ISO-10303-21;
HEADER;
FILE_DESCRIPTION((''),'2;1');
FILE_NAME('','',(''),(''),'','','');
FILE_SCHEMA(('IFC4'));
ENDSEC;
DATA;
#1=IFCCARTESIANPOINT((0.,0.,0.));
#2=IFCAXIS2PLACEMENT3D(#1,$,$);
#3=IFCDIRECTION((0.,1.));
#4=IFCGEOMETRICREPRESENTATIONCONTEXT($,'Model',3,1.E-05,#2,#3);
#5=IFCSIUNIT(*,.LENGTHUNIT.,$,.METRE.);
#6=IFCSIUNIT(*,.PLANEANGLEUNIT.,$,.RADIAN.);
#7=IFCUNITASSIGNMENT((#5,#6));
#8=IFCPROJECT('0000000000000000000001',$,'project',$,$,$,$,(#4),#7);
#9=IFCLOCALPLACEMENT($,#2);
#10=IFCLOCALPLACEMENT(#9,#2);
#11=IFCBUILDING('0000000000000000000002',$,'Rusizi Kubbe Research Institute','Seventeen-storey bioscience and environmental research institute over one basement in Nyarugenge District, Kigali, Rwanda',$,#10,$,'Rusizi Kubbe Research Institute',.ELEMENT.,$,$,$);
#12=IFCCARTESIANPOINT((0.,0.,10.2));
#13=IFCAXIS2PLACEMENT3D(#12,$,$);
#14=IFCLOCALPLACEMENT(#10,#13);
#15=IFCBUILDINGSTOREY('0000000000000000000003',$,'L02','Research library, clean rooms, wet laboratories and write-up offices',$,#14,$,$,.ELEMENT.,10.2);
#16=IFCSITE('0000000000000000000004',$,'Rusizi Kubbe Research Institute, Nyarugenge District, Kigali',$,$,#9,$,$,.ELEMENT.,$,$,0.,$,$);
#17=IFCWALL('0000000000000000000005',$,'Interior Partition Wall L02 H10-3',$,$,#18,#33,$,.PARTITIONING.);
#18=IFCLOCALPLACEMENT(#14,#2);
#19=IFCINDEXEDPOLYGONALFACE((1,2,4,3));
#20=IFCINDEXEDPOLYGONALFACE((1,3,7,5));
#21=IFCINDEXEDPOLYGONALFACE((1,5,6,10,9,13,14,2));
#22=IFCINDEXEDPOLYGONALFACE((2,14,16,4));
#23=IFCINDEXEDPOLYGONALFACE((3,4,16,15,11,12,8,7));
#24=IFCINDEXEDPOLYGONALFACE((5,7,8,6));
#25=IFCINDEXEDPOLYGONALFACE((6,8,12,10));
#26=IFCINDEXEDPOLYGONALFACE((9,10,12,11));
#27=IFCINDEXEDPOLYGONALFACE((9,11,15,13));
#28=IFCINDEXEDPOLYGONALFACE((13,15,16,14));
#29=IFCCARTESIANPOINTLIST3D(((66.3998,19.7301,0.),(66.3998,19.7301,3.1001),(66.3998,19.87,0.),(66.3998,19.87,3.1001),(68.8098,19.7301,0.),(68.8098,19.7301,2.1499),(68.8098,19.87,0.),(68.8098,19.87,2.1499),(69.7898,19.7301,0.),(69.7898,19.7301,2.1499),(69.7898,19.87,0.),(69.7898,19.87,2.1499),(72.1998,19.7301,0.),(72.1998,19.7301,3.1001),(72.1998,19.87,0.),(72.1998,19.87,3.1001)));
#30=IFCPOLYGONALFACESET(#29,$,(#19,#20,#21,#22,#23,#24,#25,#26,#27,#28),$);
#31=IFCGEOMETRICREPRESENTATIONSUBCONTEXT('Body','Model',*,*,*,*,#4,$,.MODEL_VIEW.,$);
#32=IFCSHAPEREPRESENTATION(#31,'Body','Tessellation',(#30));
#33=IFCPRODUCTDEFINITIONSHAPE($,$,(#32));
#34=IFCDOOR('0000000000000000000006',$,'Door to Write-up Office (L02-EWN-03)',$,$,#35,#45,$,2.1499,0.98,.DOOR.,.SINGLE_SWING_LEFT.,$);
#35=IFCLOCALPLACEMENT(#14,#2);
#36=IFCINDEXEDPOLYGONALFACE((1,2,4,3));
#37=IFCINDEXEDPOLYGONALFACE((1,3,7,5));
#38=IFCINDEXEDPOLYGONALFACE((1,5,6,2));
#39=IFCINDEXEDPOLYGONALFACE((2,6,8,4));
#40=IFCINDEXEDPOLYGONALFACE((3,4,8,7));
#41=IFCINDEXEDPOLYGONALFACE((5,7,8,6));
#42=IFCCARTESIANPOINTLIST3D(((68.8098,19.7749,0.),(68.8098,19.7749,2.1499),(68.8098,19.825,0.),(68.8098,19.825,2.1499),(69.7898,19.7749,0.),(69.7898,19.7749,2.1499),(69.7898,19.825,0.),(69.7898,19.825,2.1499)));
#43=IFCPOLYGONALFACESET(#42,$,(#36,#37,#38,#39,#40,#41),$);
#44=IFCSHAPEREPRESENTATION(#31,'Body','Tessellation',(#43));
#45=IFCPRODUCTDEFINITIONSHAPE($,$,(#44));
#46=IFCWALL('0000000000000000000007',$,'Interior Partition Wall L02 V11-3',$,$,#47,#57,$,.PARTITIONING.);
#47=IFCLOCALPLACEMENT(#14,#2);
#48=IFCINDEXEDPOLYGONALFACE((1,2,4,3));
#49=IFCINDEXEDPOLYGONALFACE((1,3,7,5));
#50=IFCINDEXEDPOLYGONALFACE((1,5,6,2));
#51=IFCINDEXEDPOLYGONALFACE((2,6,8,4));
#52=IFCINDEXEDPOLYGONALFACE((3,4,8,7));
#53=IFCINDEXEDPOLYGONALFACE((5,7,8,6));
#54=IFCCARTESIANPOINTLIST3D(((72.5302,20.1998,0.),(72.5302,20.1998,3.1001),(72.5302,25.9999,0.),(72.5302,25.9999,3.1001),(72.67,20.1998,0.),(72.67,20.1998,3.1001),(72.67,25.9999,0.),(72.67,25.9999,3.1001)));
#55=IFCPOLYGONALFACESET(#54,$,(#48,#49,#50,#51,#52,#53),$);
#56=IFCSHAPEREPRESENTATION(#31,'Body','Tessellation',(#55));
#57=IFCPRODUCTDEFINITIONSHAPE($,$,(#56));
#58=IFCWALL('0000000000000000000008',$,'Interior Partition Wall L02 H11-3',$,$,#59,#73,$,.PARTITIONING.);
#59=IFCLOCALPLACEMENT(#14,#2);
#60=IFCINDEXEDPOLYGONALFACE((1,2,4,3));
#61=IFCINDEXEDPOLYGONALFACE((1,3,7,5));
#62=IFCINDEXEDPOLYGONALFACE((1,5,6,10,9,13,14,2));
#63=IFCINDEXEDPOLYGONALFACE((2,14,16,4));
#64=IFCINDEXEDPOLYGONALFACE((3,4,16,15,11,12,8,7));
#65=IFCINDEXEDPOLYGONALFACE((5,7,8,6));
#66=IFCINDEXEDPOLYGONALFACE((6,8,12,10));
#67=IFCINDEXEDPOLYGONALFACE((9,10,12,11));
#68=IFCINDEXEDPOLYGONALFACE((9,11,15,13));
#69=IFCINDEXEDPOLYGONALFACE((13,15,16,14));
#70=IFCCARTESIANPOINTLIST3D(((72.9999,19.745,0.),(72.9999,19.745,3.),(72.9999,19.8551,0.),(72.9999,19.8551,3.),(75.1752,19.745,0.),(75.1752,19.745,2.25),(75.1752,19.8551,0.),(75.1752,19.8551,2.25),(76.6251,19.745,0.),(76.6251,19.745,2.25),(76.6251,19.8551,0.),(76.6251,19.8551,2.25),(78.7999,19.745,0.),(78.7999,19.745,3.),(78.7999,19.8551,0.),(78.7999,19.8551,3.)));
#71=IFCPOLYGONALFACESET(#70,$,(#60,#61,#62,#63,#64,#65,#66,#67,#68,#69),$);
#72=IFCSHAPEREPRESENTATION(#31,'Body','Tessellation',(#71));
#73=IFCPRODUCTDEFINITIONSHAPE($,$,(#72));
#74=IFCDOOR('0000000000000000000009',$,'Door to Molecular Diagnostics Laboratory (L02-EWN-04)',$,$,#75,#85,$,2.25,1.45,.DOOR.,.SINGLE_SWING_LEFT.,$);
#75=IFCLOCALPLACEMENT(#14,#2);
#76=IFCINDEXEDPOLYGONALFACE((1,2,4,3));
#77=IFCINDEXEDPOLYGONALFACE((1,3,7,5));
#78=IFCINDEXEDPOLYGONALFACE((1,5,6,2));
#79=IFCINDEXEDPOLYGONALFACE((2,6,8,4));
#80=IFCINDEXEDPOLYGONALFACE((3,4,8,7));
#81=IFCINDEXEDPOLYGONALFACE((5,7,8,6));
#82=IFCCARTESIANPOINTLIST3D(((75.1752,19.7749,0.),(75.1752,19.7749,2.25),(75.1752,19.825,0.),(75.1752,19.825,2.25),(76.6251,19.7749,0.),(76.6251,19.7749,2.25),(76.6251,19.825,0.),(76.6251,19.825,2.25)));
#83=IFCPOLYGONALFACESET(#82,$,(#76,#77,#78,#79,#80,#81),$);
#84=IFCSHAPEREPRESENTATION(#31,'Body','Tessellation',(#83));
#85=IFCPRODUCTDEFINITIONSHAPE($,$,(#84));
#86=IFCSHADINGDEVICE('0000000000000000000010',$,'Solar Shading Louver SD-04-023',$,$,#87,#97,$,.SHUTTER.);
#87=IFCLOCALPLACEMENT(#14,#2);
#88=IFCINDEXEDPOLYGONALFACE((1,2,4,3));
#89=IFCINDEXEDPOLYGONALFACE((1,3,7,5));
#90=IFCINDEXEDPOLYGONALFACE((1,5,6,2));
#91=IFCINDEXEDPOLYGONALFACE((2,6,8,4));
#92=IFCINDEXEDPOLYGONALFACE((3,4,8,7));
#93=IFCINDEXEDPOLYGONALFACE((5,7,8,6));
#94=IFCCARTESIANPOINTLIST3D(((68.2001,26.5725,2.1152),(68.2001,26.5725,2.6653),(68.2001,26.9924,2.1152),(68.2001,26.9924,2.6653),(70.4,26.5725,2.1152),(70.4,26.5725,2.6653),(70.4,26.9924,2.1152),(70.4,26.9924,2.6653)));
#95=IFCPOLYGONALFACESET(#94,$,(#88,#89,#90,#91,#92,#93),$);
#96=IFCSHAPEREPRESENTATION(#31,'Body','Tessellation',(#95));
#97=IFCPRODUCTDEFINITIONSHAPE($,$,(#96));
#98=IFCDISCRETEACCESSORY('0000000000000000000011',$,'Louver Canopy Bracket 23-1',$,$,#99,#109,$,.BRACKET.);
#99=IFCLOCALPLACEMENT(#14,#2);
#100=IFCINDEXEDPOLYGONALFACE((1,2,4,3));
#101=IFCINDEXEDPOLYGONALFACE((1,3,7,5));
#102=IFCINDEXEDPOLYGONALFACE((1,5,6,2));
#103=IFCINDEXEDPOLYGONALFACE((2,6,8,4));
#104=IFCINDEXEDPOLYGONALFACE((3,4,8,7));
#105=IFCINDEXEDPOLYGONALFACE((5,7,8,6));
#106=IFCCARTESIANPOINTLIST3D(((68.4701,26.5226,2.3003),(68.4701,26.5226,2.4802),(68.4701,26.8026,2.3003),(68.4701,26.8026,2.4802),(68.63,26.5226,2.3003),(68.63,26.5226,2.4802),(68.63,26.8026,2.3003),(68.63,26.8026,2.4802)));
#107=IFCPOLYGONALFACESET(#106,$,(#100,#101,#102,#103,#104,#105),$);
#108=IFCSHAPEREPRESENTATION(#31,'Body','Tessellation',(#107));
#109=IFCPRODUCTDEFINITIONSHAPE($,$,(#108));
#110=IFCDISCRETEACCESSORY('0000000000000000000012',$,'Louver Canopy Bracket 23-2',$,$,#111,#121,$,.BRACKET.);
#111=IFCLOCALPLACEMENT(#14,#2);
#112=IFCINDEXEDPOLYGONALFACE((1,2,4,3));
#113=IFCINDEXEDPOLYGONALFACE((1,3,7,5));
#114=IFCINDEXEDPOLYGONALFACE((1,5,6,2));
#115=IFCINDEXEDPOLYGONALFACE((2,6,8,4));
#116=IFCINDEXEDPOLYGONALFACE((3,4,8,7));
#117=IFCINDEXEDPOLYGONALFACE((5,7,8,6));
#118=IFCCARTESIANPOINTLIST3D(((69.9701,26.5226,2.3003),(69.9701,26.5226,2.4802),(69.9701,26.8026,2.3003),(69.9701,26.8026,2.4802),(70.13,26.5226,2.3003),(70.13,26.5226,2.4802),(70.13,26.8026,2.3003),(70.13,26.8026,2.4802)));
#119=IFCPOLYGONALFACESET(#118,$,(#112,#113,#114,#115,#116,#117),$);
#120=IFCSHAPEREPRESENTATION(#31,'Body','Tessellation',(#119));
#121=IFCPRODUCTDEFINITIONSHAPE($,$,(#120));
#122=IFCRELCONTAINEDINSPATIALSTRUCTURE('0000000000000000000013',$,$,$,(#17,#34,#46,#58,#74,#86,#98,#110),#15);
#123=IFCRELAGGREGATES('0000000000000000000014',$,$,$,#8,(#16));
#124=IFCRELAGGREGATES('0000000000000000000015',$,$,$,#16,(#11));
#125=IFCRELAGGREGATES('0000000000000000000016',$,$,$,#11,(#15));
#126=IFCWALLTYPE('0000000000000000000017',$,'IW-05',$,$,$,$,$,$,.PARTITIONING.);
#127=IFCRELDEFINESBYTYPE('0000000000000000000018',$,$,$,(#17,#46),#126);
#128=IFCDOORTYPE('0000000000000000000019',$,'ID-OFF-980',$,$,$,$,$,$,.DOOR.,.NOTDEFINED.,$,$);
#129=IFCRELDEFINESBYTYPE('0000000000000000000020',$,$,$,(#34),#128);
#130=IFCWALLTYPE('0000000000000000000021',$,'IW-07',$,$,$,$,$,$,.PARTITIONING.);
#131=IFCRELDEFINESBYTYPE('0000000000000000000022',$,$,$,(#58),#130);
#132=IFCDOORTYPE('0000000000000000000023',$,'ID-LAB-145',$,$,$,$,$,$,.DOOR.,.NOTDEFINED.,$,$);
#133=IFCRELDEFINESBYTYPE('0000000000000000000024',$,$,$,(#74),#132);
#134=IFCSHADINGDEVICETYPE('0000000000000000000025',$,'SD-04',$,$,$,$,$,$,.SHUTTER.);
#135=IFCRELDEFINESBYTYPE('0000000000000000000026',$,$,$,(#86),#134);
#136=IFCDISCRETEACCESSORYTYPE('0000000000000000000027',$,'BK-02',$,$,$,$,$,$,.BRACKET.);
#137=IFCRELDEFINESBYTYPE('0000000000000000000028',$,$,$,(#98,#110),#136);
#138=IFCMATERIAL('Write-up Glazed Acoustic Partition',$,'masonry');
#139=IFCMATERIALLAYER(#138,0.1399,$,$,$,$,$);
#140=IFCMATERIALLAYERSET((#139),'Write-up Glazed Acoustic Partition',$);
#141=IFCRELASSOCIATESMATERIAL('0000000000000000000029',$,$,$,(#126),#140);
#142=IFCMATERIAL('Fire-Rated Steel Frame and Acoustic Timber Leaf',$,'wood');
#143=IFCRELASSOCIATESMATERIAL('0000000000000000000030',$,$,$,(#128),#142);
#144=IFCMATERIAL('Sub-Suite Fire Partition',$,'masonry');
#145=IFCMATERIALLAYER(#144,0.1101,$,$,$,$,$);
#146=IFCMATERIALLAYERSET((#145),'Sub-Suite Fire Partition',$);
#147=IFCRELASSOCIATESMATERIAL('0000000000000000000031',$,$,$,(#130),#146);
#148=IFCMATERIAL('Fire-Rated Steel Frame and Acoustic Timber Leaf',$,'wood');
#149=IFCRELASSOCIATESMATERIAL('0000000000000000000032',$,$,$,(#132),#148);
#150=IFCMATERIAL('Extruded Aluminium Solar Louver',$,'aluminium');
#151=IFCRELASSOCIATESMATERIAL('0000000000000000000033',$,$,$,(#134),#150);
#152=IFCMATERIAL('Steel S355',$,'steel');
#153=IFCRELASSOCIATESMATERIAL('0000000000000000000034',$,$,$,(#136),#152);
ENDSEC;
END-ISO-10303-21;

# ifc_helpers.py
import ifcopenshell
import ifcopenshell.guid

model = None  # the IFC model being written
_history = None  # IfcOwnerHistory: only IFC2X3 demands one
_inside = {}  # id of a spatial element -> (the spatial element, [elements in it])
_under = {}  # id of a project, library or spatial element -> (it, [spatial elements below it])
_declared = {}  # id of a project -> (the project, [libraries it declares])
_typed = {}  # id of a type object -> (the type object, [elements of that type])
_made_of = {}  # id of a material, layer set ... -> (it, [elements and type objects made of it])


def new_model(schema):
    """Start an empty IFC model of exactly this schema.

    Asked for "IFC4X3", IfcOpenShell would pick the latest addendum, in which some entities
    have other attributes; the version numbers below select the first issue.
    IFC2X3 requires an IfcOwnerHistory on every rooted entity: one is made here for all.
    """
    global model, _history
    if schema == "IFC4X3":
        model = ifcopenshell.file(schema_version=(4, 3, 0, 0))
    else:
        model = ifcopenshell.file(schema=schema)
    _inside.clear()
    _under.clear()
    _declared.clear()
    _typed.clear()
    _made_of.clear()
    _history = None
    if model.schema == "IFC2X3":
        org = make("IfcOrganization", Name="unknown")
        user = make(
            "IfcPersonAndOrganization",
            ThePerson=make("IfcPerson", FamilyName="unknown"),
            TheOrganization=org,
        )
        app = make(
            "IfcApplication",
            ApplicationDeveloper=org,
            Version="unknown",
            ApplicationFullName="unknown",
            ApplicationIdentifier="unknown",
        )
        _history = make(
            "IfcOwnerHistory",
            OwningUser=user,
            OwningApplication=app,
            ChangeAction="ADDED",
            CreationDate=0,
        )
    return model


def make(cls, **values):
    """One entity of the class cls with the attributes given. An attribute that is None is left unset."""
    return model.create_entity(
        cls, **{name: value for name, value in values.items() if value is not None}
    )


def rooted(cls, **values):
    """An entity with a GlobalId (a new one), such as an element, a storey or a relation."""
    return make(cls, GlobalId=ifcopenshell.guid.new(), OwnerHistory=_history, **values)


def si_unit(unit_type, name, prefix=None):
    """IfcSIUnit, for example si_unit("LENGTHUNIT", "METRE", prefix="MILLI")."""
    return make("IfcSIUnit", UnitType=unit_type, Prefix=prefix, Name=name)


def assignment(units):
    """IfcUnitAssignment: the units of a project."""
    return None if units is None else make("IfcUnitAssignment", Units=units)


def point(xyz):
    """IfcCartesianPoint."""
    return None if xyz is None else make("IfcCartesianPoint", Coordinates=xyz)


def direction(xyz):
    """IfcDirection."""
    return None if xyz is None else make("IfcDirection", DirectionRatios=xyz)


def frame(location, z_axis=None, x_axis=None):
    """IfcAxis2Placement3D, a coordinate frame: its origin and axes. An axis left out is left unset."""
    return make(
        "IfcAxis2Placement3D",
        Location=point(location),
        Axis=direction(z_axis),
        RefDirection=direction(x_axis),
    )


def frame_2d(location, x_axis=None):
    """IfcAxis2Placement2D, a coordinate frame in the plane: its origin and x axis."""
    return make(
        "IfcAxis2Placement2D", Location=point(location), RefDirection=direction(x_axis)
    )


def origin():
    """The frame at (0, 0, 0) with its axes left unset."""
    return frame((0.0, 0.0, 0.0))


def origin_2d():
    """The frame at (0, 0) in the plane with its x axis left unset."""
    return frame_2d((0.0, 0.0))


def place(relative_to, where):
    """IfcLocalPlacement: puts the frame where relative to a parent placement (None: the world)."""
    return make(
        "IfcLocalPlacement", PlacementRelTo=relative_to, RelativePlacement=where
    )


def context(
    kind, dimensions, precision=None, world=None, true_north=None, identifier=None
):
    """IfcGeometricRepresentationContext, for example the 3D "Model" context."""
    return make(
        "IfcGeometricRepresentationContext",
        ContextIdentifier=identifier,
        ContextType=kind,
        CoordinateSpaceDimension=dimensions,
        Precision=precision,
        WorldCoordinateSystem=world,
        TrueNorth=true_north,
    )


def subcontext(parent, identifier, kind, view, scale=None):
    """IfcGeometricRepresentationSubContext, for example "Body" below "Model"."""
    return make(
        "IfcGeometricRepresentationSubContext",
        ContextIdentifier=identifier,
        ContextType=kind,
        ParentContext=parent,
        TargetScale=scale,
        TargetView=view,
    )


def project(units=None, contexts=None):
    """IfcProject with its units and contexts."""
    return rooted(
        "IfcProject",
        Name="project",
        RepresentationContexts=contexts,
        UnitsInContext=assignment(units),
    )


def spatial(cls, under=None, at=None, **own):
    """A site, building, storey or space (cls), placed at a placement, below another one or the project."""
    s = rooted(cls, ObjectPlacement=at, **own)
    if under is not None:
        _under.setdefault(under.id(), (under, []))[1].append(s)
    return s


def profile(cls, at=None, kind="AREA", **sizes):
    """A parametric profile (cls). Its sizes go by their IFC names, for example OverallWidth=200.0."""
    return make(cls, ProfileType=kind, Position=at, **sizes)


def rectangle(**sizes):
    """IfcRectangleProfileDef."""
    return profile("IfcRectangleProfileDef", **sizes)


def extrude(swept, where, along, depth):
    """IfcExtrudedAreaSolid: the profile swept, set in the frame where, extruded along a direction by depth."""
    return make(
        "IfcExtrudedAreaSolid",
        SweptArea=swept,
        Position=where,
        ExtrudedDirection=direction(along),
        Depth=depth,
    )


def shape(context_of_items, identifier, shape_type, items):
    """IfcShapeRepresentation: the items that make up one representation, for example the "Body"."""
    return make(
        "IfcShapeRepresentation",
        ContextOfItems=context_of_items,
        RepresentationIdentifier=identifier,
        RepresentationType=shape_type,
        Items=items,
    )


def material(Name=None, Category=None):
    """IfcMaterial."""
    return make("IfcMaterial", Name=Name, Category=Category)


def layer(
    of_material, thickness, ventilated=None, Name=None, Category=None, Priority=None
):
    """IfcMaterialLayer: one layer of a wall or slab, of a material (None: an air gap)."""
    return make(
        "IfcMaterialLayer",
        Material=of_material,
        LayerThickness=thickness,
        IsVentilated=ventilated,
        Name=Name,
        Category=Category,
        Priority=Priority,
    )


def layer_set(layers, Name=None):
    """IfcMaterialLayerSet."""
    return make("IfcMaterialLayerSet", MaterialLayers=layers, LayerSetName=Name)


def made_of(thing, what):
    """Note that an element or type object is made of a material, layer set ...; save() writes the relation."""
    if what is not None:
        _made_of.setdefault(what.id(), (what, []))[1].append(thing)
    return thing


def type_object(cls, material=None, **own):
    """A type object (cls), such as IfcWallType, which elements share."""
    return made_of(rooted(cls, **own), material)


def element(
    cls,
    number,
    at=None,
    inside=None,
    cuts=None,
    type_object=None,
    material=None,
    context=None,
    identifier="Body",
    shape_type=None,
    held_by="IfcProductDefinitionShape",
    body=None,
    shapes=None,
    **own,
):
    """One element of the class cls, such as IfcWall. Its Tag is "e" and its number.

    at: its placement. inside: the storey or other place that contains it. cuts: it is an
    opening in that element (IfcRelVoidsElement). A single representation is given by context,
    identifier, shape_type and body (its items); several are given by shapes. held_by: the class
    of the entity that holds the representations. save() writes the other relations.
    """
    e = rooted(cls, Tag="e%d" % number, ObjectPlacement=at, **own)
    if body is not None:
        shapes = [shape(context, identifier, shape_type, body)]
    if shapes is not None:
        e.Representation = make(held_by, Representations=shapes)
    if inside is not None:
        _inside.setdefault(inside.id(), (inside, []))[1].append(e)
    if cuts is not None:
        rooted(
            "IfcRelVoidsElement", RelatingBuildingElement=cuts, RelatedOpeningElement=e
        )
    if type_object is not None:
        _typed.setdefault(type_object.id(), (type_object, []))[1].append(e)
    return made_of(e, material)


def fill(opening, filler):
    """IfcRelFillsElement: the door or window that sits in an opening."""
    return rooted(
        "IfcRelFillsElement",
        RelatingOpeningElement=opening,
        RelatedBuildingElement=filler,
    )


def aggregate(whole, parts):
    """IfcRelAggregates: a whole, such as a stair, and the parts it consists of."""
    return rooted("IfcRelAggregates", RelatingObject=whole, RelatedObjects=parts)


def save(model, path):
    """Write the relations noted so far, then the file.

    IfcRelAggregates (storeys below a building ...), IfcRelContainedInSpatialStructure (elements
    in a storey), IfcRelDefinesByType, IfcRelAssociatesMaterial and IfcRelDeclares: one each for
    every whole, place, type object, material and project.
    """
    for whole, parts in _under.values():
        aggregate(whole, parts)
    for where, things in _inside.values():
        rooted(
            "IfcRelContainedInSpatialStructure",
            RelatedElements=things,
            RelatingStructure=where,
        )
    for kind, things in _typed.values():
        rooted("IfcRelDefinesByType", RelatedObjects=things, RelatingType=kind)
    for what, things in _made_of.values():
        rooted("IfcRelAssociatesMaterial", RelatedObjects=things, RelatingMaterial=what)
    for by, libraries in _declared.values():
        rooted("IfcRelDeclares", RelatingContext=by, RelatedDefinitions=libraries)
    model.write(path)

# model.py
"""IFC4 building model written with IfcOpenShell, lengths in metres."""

from ifc_helpers import new_model, si_unit, direction, frame, frame_2d, origin, origin_2d, place, context, subcontext, project, spatial, rectangle, extrude, material, layer, layer_set, type_object, element, fill, save


model = new_model("IFC4")

# Units and contexts
model_context = context("Model", 3, precision=1e-05, world=origin(), true_north=direction((0.0, 1.0)))
body_context = subcontext(model_context, "Body", "Model", "MODEL_VIEW")
ifc_project = project(units=[si_unit("LENGTHUNIT", "METRE"), si_unit("PLANEANGLEUNIT", "RADIAN")], contexts=[model_context])

# Site, building, storey
site_placement = place(None, origin())
site = spatial("IfcSite", under=ifc_project, at=site_placement, Name="Rusizi Kubbe Research Institute, Nyarugenge District, Kigali", CompositionType="ELEMENT", RefElevation=0.0)
building_placement = place(site_placement, origin())
building = spatial("IfcBuilding", under=site, at=building_placement, Name="Rusizi Kubbe Research Institute", Description="Seventeen-storey bioscience and environmental research institute over one basement in Nyarugenge District, Kigali, Rwanda", LongName="Rusizi Kubbe Research Institute", CompositionType="ELEMENT")
storey_placement = place(building_placement, frame((0.0, 0.0, 10.2)))
storey = spatial("IfcBuildingStorey", under=building, at=storey_placement, Name="L02", Description="Research library, clean rooms, wet laboratories and write-up offices", CompositionType="ELEMENT", Elevation=10.2)

# Wall, opening, door
ifc_material_1 = material(Name="Write-up Glazed Acoustic Partition", Category="masonry")
ifc_layer_1 = layer(ifc_material_1, 0.1399)
ifc_layer_set_1 = layer_set([ifc_layer_1], Name="Write-up Glazed Acoustic Partition")
wall_type_1 = type_object("IfcWallType", Name="IW-05", PredefinedType="PARTITIONING", material=ifc_layer_set_1)
wall_1_placement = place(storey_placement, frame((66.3999, 19.8, 0.0), z_axis=(0.0, 0.0, 1.0), x_axis=(1.0, 0.0, 0.0)))
wall_1 = element("IfcWall", 1, at=wall_1_placement, inside=storey, type_object=wall_type_1, Name="Interior Partition Wall L02 H10-3", PredefinedType="PARTITIONING", context=body_context, shape_type="SweptSolid", body=[
    extrude(rectangle(XDim=5.8, YDim=0.1399, at=frame_2d((2.8999, 0.0))), origin(), (0.0, 0.0, 1.0), 3.1001),
])
opening_1_placement = place(wall_1_placement, frame((2.4099, 0.0, 0.0)))
opening_1 = element("IfcOpeningElement", 2, at=opening_1_placement, cuts=wall_1, PredefinedType="OPENING", context=body_context, shape_type="SweptSolid", body=[
    extrude(rectangle(XDim=0.98, YDim=2.1499, at=frame_2d((0.49, 1.075))), frame((0.0, 0.0798, 0.0), z_axis=(0.0, -1.0, 0.0), x_axis=(1.0, 0.0, 0.0)), (0.0, 0.0, 1.0), 0.1599),
])
ifc_material_2 = material(Name="Fire-Rated Steel Frame and Acoustic Timber Leaf", Category="wood")
door_type_1 = type_object("IfcDoorType", Name="ID-OFF-980", OperationType="NOTDEFINED", PredefinedType="DOOR", material=ifc_material_2)
door_1_placement = place(opening_1_placement, origin())
door_1 = element("IfcDoor", 3, at=door_1_placement, inside=storey, type_object=door_type_1, Name="Door to Write-up Office (L02-EWN-03)", OperationType="SINGLE_SWING_LEFT", OverallHeight=2.1499, OverallWidth=0.98, PredefinedType="DOOR", context=body_context, shape_type="SweptSolid", body=[
    extrude(rectangle(XDim=0.98, YDim=2.1499, at=frame_2d((0.49, 1.075))), frame((0.0, 0.0249, 0.0), z_axis=(0.0, -1.0, 0.0), x_axis=(1.0, 0.0, 0.0)), (0.0, 0.0, 1.0), 0.05),
])
fill(opening_1, door_1)

# Wall
wall_2_placement = place(storey_placement, frame((72.6001, 20.2, 0.0), z_axis=(0.0, 0.0, 1.0), x_axis=(0.0, 1.0, 0.0)))
element("IfcWall", 4, at=wall_2_placement, inside=storey, type_object=wall_type_1, Name="Interior Partition Wall L02 V11-3", PredefinedType="PARTITIONING", context=body_context, shape_type="SweptSolid", body=[
    extrude(rectangle(XDim=5.8, YDim=0.1399, at=frame_2d((2.8999, 0.0))), origin(), (0.0, 0.0, 1.0), 3.1001),
])

# Wall, opening, door
ifc_material_3 = material(Name="Sub-Suite Fire Partition", Category="masonry")
ifc_layer_2 = layer(ifc_material_3, 0.1101)
ifc_layer_set_2 = layer_set([ifc_layer_2], Name="Sub-Suite Fire Partition")
wall_type_2 = type_object("IfcWallType", Name="IW-07", PredefinedType="PARTITIONING", material=ifc_layer_set_2)
wall_3_placement = place(storey_placement, frame((73.0, 19.8, 0.0), z_axis=(0.0, 0.0, 1.0), x_axis=(1.0, 0.0, 0.0)))
wall_3 = element("IfcWall", 5, at=wall_3_placement, inside=storey, type_object=wall_type_2, Name="Interior Partition Wall L02 H11-3", PredefinedType="PARTITIONING", context=body_context, shape_type="SweptSolid", body=[
    extrude(rectangle(XDim=5.8, YDim=0.1101, at=frame_2d((2.8999, 0.0))), origin(), (0.0, 0.0, 1.0), 3.0),
])
opening_2_placement = place(wall_3_placement, frame((2.175, 0.0, 0.0)))
opening_2 = element("IfcOpeningElement", 6, at=opening_2_placement, cuts=wall_3, PredefinedType="OPENING", context=body_context, shape_type="SweptSolid", body=[
    extrude(rectangle(XDim=1.45, YDim=2.25, at=frame_2d((0.7251, 1.125))), frame((0.0, 0.0649, 0.0), z_axis=(0.0, -1.0, 0.0), x_axis=(1.0, 0.0, 0.0)), (0.0, 0.0, 1.0), 0.1301),
])
ifc_material_4 = material(Name="Fire-Rated Steel Frame and Acoustic Timber Leaf", Category="wood")
door_type_2 = type_object("IfcDoorType", Name="ID-LAB-145", OperationType="NOTDEFINED", PredefinedType="DOOR", material=ifc_material_4)
door_2_placement = place(opening_2_placement, origin())
door_2 = element("IfcDoor", 7, at=door_2_placement, inside=storey, type_object=door_type_2, Name="Door to Molecular Diagnostics Laboratory (L02-EWN-04)", OperationType="SINGLE_SWING_LEFT", OverallHeight=2.25, OverallWidth=1.45, PredefinedType="DOOR", context=body_context, shape_type="SweptSolid", body=[
    extrude(rectangle(XDim=1.45, YDim=2.25, at=frame_2d((0.7251, 1.125))), frame((0.0, 0.0249, 0.0), z_axis=(0.0, -1.0, 0.0), x_axis=(1.0, 0.0, 0.0)), (0.0, 0.0, 1.0), 0.05),
])
fill(opening_2, door_2)

# Shading device
ifc_material_5 = material(Name="Extruded Aluminium Solar Louver", Category="aluminium")
shading_device_type = type_object("IfcShadingDeviceType", Name="SD-04", PredefinedType="SHUTTER", material=ifc_material_5)
shading_device_placement = place(storey_placement, frame((69.3, 26.7825, 2.1152), z_axis=(0.0, 0.0, 1.0), x_axis=(1.0, 0.0, 0.0)))
element("IfcShadingDevice", 8, at=shading_device_placement, inside=storey, type_object=shading_device_type, Name="Solar Shading Louver SD-04-023", PredefinedType="SHUTTER", context=body_context, shape_type="SweptSolid", body=[
    extrude(rectangle(XDim=2.2, YDim=0.4199, at=origin_2d()), origin(), (0.0, 0.0, 1.0), 0.55),
])

# Discrete accessories
ifc_material_6 = material(Name="Steel S355", Category="steel")
discrete_accessory_type = type_object("IfcDiscreteAccessoryType", Name="BK-02", PredefinedType="BRACKET", material=ifc_material_6)
for number, where, z_axis, x_axis, name in (
    (9, (68.55, 26.6626, 2.3003), (0.0, 0.0, 1.0), (1.0, 0.0, 0.0), "Louver Canopy Bracket 23-1"),
    (10, (70.05, 26.6626, 2.3003), (0.0, 0.0, 1.0), (1.0, 0.0, 0.0), "Louver Canopy Bracket 23-2"),
):
    element("IfcDiscreteAccessory", number, at=place(storey_placement, frame(where, z_axis=z_axis, x_axis=x_axis)), inside=storey, type_object=discrete_accessory_type, Name=name, PredefinedType="BRACKET", context=body_context, shape_type="SweptSolid", body=[
        extrude(rectangle(XDim=0.1599, YDim=0.28, at=origin_2d()), origin(), (0.0, 0.0, 1.0), 0.1799),
    ])

save(model, "model.ifc")
